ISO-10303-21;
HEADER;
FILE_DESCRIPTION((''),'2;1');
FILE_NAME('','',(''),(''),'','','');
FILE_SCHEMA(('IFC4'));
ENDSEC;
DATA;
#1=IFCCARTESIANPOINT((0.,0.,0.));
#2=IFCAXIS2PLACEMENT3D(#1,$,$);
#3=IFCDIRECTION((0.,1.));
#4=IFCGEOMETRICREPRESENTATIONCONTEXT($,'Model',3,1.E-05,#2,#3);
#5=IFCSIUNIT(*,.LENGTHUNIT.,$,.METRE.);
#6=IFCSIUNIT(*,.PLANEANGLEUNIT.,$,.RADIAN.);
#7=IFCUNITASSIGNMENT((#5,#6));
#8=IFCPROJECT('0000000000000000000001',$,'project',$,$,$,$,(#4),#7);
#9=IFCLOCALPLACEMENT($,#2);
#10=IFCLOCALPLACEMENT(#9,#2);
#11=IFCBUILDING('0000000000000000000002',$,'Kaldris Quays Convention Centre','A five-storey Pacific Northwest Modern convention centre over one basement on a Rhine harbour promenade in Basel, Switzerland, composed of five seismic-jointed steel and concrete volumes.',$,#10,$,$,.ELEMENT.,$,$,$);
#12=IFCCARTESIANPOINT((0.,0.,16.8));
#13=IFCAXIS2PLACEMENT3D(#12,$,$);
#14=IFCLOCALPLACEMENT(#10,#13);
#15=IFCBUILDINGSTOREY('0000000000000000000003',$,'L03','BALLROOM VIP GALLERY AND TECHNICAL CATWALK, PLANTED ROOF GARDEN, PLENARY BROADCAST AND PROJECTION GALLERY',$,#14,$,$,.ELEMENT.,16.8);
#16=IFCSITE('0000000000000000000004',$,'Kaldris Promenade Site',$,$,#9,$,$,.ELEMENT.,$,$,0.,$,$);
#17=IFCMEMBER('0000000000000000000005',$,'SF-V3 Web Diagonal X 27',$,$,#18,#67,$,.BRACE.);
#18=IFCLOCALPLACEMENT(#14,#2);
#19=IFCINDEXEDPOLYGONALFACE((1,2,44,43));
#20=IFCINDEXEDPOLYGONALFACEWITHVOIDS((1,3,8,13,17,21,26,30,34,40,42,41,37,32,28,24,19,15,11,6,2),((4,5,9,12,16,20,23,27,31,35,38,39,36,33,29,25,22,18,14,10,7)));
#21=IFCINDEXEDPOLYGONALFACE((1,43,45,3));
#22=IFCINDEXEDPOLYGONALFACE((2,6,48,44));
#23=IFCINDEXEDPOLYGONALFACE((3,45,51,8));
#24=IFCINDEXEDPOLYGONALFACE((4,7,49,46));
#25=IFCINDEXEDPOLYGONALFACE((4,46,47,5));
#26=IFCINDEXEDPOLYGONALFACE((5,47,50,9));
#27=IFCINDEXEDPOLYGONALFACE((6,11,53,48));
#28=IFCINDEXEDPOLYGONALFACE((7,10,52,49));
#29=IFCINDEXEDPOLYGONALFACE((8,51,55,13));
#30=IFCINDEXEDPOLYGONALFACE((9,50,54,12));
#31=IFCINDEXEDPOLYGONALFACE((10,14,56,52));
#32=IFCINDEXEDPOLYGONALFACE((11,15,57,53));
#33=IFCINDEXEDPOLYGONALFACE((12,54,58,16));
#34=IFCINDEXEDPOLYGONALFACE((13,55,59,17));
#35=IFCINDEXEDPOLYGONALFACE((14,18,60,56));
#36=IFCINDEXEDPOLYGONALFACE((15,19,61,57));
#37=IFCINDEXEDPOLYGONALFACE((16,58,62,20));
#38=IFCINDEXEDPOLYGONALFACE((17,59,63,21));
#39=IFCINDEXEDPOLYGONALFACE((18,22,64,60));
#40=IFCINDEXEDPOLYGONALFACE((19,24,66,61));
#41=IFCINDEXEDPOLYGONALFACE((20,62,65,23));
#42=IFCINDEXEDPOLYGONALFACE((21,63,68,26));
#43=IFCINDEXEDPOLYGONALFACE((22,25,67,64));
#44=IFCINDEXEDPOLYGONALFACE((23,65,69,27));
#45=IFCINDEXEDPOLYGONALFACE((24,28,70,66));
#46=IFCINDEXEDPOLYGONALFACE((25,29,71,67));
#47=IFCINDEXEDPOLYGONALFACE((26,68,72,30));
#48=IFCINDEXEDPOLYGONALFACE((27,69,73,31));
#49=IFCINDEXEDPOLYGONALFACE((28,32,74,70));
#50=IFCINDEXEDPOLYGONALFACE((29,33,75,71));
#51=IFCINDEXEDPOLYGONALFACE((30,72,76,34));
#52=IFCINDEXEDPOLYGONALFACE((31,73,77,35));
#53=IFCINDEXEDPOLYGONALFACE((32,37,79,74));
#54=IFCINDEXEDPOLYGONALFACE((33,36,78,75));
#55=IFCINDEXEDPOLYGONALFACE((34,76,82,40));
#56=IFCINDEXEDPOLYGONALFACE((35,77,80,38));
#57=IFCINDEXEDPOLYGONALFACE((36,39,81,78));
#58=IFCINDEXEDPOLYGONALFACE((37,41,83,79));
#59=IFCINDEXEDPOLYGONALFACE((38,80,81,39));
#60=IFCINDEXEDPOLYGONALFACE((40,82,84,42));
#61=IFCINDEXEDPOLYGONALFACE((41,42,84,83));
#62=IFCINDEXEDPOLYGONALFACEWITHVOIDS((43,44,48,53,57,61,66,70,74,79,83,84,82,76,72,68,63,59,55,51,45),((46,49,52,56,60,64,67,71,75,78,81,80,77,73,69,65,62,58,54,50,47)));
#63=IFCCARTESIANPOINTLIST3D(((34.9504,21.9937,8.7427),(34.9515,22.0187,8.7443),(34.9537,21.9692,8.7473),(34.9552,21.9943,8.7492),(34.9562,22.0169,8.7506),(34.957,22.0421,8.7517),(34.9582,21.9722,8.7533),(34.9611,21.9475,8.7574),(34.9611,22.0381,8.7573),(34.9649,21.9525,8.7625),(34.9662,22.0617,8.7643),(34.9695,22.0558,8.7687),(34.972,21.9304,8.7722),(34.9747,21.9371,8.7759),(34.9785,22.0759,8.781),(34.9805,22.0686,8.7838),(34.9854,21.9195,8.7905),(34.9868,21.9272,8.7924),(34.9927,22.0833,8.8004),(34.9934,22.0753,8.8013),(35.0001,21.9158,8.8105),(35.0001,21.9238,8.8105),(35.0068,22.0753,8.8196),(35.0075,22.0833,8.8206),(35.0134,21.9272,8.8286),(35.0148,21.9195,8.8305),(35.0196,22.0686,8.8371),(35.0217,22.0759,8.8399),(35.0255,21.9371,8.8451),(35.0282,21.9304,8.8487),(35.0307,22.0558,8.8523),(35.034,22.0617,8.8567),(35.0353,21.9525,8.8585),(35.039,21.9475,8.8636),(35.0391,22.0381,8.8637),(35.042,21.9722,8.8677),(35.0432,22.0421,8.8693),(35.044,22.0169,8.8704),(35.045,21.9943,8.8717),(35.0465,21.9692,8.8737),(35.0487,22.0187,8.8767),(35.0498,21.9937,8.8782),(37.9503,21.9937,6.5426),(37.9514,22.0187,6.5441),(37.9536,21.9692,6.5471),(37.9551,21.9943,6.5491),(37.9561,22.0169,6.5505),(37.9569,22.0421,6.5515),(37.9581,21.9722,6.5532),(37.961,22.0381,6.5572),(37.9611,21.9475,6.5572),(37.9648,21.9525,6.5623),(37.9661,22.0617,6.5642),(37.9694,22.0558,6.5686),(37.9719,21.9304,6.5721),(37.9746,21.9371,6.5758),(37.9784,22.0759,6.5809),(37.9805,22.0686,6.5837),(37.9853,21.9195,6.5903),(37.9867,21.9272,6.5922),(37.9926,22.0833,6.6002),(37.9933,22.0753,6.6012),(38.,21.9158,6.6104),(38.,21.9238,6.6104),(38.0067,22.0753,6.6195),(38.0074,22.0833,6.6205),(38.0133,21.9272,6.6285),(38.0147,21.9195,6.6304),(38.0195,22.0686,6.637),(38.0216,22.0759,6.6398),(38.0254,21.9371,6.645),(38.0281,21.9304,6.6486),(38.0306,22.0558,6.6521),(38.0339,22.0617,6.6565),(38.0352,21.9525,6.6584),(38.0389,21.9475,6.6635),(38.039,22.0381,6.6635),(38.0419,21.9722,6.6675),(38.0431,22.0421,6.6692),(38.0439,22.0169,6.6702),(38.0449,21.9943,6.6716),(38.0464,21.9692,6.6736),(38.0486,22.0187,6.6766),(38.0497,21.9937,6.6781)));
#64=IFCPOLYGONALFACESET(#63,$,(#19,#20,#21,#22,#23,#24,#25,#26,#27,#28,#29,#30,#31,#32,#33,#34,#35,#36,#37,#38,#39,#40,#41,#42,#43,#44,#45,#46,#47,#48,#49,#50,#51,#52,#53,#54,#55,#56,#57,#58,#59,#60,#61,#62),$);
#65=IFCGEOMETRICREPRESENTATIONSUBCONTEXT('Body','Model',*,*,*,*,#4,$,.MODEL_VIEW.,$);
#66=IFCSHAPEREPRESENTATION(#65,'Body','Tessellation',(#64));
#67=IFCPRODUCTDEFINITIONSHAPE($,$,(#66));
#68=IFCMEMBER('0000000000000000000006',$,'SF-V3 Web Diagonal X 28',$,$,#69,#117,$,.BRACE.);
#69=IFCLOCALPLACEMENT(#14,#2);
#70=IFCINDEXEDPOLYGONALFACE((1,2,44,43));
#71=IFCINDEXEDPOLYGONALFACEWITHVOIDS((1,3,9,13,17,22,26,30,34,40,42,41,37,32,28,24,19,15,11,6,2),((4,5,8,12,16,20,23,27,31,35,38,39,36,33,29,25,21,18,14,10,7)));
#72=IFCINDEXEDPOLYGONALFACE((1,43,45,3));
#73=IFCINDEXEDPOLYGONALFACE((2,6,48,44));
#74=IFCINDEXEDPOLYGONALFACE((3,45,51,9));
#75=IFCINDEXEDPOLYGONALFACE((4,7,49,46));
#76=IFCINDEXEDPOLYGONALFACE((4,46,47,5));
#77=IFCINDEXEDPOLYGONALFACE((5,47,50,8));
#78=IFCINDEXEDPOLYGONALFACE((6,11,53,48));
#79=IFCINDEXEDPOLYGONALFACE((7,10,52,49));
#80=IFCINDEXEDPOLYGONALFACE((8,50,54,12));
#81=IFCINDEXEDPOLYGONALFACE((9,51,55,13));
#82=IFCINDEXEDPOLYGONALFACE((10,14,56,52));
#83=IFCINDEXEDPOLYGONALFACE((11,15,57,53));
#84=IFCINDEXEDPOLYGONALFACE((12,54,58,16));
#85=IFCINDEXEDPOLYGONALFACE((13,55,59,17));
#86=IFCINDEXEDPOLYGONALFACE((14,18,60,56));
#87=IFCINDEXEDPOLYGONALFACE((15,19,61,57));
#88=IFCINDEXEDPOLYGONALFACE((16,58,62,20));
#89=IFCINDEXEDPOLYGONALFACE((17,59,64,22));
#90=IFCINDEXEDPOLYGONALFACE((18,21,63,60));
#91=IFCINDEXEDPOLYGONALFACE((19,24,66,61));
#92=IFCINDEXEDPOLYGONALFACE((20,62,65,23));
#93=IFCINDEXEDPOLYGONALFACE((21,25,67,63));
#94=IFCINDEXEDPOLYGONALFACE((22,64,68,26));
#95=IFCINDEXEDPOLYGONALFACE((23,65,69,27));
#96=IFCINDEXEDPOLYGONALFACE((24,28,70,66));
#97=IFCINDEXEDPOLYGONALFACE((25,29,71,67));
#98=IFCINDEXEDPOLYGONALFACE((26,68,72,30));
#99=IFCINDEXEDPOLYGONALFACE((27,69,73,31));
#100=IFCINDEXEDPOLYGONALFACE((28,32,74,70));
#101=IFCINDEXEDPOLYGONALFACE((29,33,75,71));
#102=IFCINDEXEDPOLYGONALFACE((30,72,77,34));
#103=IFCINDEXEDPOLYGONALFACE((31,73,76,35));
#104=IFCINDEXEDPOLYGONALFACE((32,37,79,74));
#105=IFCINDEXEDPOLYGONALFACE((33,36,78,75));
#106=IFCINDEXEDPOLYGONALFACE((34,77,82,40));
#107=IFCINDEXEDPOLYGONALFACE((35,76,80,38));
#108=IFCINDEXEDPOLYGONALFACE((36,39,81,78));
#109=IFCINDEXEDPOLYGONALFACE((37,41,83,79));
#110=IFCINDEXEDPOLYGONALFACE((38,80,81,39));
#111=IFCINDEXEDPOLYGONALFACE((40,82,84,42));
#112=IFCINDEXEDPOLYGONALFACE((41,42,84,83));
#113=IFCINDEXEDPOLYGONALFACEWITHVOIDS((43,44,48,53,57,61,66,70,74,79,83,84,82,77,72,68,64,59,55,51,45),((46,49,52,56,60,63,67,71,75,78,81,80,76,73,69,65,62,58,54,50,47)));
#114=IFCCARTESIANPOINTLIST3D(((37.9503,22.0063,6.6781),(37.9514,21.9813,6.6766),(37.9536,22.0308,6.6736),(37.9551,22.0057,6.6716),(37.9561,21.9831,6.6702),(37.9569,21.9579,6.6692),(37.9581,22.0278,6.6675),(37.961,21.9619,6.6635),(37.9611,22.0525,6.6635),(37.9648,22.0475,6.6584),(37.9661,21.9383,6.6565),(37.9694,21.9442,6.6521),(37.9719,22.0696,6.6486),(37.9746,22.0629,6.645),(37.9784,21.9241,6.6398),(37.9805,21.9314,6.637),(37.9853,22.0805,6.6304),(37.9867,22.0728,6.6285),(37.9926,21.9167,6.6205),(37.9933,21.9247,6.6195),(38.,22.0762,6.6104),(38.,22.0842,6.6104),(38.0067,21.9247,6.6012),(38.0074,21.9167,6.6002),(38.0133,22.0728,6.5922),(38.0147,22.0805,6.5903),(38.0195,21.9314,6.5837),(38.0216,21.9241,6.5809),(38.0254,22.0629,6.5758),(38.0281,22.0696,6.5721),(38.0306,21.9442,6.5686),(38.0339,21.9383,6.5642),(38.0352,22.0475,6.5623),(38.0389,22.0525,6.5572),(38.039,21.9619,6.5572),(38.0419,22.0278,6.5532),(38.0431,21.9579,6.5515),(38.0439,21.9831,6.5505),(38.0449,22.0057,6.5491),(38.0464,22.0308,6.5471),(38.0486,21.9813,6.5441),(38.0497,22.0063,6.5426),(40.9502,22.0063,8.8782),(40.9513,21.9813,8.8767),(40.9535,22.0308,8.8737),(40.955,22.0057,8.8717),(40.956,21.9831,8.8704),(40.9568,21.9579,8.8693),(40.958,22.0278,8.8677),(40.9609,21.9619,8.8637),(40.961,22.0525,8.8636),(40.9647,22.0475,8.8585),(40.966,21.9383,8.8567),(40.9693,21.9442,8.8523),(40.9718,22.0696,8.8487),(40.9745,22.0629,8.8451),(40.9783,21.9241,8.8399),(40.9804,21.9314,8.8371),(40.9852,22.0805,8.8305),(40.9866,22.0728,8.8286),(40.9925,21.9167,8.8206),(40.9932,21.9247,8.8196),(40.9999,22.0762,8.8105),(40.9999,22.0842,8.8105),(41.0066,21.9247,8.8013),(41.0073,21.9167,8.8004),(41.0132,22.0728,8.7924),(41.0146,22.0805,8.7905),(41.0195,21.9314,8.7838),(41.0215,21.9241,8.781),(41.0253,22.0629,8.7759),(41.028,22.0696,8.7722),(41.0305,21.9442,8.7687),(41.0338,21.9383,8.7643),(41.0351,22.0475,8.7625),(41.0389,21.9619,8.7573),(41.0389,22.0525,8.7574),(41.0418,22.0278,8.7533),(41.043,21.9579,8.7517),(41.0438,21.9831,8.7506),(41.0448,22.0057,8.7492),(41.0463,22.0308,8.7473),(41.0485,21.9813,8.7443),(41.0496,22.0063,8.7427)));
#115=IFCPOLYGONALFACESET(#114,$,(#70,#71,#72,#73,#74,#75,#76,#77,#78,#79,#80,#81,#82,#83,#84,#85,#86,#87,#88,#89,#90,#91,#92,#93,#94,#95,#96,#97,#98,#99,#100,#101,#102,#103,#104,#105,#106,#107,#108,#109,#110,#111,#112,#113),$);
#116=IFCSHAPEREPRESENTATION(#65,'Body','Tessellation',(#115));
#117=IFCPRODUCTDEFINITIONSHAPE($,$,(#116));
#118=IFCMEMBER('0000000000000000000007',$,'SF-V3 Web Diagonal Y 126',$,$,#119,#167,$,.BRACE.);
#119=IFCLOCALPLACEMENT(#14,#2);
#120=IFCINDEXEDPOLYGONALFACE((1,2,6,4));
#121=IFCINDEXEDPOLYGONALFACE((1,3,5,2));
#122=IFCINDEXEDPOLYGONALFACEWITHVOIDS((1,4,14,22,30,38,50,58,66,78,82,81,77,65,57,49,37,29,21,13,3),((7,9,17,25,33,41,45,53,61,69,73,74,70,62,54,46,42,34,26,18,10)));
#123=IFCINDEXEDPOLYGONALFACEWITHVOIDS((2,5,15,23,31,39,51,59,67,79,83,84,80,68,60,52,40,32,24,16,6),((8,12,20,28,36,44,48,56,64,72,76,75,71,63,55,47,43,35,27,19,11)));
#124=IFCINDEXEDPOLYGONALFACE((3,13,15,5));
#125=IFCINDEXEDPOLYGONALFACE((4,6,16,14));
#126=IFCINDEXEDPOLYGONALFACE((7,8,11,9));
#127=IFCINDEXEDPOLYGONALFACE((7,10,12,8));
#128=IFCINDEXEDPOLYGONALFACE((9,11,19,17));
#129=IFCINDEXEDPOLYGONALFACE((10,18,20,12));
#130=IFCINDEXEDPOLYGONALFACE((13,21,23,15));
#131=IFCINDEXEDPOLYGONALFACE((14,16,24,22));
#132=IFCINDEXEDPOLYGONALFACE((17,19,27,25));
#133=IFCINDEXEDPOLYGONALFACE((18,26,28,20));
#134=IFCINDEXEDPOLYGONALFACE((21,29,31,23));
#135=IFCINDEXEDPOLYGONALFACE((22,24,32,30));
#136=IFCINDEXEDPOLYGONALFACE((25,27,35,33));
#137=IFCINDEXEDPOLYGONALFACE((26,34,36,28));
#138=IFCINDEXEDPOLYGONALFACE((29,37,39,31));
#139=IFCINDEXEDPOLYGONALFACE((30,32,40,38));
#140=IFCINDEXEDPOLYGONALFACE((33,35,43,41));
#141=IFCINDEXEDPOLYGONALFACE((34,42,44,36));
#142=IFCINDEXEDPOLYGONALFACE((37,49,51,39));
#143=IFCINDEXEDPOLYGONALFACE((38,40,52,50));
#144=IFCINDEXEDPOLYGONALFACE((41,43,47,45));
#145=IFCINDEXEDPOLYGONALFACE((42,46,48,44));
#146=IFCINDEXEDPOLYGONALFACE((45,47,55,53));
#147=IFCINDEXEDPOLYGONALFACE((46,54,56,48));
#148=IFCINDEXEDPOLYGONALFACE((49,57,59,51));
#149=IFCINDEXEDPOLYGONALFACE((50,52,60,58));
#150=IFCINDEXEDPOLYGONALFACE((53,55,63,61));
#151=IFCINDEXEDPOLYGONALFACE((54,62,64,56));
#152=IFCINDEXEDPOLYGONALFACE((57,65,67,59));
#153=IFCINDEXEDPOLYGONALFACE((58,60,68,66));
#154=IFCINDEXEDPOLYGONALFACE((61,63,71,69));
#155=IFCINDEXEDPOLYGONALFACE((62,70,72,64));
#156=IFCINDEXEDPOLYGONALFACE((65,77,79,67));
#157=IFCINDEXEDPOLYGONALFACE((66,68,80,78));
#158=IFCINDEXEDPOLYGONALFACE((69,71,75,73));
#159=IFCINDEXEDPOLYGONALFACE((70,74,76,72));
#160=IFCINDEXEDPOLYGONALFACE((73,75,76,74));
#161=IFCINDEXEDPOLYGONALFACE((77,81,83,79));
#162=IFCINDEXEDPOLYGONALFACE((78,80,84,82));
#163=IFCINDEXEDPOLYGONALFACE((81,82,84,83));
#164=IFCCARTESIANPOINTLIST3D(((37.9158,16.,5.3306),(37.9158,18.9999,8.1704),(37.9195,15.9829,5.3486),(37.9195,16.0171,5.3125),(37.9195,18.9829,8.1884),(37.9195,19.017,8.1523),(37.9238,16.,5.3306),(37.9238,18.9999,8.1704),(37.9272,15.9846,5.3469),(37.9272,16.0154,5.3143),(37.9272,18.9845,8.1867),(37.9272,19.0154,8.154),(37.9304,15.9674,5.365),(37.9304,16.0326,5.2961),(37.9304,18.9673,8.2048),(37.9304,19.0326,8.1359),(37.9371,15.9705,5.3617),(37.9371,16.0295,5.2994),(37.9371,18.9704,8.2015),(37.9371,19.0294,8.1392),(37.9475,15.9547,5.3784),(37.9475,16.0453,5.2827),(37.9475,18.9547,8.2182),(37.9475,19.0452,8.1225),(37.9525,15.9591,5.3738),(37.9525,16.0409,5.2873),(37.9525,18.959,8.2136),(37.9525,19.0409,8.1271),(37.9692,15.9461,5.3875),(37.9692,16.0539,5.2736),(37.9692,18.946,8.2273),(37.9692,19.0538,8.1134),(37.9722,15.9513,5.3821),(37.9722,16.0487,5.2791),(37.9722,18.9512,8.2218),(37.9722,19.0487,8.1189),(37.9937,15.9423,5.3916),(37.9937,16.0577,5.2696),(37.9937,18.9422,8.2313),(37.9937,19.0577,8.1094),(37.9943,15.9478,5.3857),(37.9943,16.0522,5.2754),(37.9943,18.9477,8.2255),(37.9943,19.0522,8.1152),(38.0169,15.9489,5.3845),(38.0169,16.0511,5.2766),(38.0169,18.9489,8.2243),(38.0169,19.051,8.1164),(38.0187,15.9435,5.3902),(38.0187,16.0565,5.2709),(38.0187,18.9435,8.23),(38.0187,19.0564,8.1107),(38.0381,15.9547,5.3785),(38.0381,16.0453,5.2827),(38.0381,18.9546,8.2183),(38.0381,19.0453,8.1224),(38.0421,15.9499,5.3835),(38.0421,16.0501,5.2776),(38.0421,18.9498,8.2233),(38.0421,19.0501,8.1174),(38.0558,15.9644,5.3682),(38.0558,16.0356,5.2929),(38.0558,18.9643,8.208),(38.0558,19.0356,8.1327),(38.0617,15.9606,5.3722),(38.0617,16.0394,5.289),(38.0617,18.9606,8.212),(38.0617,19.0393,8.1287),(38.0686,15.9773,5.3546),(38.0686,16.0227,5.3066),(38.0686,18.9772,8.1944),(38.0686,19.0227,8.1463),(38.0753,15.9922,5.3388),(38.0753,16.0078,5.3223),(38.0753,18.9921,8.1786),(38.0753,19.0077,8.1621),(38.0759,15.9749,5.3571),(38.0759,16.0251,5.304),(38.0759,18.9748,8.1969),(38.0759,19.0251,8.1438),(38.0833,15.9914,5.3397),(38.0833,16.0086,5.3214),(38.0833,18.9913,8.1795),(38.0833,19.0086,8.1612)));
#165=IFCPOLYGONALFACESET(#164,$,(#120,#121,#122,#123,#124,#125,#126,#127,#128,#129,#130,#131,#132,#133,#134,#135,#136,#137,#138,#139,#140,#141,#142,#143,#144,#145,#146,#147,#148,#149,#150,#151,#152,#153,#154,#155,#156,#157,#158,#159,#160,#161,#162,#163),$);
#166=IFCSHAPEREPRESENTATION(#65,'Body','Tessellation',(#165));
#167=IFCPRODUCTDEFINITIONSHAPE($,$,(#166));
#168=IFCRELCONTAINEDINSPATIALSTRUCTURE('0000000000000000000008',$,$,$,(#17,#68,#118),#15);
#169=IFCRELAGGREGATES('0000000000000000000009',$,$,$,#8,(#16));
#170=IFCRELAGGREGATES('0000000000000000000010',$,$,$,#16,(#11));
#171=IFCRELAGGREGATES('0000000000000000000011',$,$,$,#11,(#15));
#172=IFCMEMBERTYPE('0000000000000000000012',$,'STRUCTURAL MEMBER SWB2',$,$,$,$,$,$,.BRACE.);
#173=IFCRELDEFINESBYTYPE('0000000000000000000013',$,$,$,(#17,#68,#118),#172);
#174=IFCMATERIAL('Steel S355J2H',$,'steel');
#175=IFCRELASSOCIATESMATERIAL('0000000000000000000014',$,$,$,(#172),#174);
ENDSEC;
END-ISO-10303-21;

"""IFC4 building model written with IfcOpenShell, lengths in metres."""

from ifc_helpers import new_model, si_unit, direction, frame, origin, origin_2d, place, context, subcontext, project, spatial, hollow_circle, extrude, material, material_profile, profile_set, type_object, element, save


model = new_model("IFC4")

# Units and contexts
model_context = context("Model", 3, precision=1e-05, world=origin(), true_north=direction((0.0, 1.0)))
body_context = subcontext(model_context, "Body", "Model", "MODEL_VIEW")
ifc_project = project(units=[si_unit("LENGTHUNIT", "METRE"), si_unit("PLANEANGLEUNIT", "RADIAN")], contexts=[model_context])

# Site, building, storey
site_placement = place(None, origin())
site = spatial("IfcSite", under=ifc_project, at=site_placement, Name="Kaldris Promenade Site", CompositionType="ELEMENT", RefElevation=0.0)
building_placement = place(site_placement, origin())
building = spatial("IfcBuilding", under=site, at=building_placement, Name="Kaldris Quays Convention Centre", Description="A five-storey Pacific Northwest Modern convention centre over one basement on a Rhine harbour promenade in Basel, Switzerland, composed of five seismic-jointed steel and concrete volumes.", CompositionType="ELEMENT")
storey_placement = place(building_placement, frame((0.0, 0.0, 16.8)))
storey = spatial("IfcBuildingStorey", under=building, at=storey_placement, Name="L03", Description="BALLROOM VIP GALLERY AND TECHNICAL CATWALK, PLANTED ROOF GARDEN, PLENARY BROADCAST AND PROJECTION GALLERY", CompositionType="ELEMENT", Elevation=16.8)

# Members
ifc_material_1 = material(Name="Steel S355J2H", Category="steel")
ifc_material_profile_1 = material_profile(ifc_material_1, hollow_circle(Radius=0.0842, WallThickness=0.0081, at=origin_2d()), Name="CHS 168.3x8")
ifc_profile_set_1 = profile_set([ifc_material_profile_1], Name="Steel S355J2H")
member_type_1 = type_object("IfcMemberType", Name="STRUCTURAL MEMBER SWB2", PredefinedType="BRACE", material=ifc_profile_set_1)
for number, where, z_axis, x_axis, name in (
    (1, (38.0, 22.0, 6.6104), (-0.80638, 0.0, 0.591398), (0.0, -1.0, 0.0), "SF-V3 Web Diagonal X 27"),
    (2, (38.0, 22.0, 6.6104), (0.80638, 0.0, 0.591398), (0.0, 1.0, 0.0), "SF-V3 Web Diagonal X 28"),
):
    element("IfcMember", number, at=place(storey_placement, frame(where, z_axis=z_axis, x_axis=x_axis)), inside=storey, type_object=member_type_1, Name=name, PredefinedType="BRACE", context=body_context, shape_type="SweptSolid", body=[
        extrude(hollow_circle(Radius=0.0842, WallThickness=0.0081, at=origin_2d()), origin(), (0.0, 0.0, 1.0), 3.7202),
    ])
member_1_placement = place(storey_placement, frame((38.0, 16.0, 5.3306), z_axis=(0.0, 0.726226, 0.687456), x_axis=(-1.0, 0.0, 0.0)))
element("IfcMember", 3, at=member_1_placement, inside=storey, type_object=member_type_1, Name="SF-V3 Web Diagonal Y 126", PredefinedType="BRACE", context=body_context, shape_type="SweptSolid", body=[
    extrude(hollow_circle(Radius=0.0842, WallThickness=0.0081, at=origin_2d()), origin(), (0.0, 0.0, 1.0), 4.1309),
])

save(model, "model.ifc")
